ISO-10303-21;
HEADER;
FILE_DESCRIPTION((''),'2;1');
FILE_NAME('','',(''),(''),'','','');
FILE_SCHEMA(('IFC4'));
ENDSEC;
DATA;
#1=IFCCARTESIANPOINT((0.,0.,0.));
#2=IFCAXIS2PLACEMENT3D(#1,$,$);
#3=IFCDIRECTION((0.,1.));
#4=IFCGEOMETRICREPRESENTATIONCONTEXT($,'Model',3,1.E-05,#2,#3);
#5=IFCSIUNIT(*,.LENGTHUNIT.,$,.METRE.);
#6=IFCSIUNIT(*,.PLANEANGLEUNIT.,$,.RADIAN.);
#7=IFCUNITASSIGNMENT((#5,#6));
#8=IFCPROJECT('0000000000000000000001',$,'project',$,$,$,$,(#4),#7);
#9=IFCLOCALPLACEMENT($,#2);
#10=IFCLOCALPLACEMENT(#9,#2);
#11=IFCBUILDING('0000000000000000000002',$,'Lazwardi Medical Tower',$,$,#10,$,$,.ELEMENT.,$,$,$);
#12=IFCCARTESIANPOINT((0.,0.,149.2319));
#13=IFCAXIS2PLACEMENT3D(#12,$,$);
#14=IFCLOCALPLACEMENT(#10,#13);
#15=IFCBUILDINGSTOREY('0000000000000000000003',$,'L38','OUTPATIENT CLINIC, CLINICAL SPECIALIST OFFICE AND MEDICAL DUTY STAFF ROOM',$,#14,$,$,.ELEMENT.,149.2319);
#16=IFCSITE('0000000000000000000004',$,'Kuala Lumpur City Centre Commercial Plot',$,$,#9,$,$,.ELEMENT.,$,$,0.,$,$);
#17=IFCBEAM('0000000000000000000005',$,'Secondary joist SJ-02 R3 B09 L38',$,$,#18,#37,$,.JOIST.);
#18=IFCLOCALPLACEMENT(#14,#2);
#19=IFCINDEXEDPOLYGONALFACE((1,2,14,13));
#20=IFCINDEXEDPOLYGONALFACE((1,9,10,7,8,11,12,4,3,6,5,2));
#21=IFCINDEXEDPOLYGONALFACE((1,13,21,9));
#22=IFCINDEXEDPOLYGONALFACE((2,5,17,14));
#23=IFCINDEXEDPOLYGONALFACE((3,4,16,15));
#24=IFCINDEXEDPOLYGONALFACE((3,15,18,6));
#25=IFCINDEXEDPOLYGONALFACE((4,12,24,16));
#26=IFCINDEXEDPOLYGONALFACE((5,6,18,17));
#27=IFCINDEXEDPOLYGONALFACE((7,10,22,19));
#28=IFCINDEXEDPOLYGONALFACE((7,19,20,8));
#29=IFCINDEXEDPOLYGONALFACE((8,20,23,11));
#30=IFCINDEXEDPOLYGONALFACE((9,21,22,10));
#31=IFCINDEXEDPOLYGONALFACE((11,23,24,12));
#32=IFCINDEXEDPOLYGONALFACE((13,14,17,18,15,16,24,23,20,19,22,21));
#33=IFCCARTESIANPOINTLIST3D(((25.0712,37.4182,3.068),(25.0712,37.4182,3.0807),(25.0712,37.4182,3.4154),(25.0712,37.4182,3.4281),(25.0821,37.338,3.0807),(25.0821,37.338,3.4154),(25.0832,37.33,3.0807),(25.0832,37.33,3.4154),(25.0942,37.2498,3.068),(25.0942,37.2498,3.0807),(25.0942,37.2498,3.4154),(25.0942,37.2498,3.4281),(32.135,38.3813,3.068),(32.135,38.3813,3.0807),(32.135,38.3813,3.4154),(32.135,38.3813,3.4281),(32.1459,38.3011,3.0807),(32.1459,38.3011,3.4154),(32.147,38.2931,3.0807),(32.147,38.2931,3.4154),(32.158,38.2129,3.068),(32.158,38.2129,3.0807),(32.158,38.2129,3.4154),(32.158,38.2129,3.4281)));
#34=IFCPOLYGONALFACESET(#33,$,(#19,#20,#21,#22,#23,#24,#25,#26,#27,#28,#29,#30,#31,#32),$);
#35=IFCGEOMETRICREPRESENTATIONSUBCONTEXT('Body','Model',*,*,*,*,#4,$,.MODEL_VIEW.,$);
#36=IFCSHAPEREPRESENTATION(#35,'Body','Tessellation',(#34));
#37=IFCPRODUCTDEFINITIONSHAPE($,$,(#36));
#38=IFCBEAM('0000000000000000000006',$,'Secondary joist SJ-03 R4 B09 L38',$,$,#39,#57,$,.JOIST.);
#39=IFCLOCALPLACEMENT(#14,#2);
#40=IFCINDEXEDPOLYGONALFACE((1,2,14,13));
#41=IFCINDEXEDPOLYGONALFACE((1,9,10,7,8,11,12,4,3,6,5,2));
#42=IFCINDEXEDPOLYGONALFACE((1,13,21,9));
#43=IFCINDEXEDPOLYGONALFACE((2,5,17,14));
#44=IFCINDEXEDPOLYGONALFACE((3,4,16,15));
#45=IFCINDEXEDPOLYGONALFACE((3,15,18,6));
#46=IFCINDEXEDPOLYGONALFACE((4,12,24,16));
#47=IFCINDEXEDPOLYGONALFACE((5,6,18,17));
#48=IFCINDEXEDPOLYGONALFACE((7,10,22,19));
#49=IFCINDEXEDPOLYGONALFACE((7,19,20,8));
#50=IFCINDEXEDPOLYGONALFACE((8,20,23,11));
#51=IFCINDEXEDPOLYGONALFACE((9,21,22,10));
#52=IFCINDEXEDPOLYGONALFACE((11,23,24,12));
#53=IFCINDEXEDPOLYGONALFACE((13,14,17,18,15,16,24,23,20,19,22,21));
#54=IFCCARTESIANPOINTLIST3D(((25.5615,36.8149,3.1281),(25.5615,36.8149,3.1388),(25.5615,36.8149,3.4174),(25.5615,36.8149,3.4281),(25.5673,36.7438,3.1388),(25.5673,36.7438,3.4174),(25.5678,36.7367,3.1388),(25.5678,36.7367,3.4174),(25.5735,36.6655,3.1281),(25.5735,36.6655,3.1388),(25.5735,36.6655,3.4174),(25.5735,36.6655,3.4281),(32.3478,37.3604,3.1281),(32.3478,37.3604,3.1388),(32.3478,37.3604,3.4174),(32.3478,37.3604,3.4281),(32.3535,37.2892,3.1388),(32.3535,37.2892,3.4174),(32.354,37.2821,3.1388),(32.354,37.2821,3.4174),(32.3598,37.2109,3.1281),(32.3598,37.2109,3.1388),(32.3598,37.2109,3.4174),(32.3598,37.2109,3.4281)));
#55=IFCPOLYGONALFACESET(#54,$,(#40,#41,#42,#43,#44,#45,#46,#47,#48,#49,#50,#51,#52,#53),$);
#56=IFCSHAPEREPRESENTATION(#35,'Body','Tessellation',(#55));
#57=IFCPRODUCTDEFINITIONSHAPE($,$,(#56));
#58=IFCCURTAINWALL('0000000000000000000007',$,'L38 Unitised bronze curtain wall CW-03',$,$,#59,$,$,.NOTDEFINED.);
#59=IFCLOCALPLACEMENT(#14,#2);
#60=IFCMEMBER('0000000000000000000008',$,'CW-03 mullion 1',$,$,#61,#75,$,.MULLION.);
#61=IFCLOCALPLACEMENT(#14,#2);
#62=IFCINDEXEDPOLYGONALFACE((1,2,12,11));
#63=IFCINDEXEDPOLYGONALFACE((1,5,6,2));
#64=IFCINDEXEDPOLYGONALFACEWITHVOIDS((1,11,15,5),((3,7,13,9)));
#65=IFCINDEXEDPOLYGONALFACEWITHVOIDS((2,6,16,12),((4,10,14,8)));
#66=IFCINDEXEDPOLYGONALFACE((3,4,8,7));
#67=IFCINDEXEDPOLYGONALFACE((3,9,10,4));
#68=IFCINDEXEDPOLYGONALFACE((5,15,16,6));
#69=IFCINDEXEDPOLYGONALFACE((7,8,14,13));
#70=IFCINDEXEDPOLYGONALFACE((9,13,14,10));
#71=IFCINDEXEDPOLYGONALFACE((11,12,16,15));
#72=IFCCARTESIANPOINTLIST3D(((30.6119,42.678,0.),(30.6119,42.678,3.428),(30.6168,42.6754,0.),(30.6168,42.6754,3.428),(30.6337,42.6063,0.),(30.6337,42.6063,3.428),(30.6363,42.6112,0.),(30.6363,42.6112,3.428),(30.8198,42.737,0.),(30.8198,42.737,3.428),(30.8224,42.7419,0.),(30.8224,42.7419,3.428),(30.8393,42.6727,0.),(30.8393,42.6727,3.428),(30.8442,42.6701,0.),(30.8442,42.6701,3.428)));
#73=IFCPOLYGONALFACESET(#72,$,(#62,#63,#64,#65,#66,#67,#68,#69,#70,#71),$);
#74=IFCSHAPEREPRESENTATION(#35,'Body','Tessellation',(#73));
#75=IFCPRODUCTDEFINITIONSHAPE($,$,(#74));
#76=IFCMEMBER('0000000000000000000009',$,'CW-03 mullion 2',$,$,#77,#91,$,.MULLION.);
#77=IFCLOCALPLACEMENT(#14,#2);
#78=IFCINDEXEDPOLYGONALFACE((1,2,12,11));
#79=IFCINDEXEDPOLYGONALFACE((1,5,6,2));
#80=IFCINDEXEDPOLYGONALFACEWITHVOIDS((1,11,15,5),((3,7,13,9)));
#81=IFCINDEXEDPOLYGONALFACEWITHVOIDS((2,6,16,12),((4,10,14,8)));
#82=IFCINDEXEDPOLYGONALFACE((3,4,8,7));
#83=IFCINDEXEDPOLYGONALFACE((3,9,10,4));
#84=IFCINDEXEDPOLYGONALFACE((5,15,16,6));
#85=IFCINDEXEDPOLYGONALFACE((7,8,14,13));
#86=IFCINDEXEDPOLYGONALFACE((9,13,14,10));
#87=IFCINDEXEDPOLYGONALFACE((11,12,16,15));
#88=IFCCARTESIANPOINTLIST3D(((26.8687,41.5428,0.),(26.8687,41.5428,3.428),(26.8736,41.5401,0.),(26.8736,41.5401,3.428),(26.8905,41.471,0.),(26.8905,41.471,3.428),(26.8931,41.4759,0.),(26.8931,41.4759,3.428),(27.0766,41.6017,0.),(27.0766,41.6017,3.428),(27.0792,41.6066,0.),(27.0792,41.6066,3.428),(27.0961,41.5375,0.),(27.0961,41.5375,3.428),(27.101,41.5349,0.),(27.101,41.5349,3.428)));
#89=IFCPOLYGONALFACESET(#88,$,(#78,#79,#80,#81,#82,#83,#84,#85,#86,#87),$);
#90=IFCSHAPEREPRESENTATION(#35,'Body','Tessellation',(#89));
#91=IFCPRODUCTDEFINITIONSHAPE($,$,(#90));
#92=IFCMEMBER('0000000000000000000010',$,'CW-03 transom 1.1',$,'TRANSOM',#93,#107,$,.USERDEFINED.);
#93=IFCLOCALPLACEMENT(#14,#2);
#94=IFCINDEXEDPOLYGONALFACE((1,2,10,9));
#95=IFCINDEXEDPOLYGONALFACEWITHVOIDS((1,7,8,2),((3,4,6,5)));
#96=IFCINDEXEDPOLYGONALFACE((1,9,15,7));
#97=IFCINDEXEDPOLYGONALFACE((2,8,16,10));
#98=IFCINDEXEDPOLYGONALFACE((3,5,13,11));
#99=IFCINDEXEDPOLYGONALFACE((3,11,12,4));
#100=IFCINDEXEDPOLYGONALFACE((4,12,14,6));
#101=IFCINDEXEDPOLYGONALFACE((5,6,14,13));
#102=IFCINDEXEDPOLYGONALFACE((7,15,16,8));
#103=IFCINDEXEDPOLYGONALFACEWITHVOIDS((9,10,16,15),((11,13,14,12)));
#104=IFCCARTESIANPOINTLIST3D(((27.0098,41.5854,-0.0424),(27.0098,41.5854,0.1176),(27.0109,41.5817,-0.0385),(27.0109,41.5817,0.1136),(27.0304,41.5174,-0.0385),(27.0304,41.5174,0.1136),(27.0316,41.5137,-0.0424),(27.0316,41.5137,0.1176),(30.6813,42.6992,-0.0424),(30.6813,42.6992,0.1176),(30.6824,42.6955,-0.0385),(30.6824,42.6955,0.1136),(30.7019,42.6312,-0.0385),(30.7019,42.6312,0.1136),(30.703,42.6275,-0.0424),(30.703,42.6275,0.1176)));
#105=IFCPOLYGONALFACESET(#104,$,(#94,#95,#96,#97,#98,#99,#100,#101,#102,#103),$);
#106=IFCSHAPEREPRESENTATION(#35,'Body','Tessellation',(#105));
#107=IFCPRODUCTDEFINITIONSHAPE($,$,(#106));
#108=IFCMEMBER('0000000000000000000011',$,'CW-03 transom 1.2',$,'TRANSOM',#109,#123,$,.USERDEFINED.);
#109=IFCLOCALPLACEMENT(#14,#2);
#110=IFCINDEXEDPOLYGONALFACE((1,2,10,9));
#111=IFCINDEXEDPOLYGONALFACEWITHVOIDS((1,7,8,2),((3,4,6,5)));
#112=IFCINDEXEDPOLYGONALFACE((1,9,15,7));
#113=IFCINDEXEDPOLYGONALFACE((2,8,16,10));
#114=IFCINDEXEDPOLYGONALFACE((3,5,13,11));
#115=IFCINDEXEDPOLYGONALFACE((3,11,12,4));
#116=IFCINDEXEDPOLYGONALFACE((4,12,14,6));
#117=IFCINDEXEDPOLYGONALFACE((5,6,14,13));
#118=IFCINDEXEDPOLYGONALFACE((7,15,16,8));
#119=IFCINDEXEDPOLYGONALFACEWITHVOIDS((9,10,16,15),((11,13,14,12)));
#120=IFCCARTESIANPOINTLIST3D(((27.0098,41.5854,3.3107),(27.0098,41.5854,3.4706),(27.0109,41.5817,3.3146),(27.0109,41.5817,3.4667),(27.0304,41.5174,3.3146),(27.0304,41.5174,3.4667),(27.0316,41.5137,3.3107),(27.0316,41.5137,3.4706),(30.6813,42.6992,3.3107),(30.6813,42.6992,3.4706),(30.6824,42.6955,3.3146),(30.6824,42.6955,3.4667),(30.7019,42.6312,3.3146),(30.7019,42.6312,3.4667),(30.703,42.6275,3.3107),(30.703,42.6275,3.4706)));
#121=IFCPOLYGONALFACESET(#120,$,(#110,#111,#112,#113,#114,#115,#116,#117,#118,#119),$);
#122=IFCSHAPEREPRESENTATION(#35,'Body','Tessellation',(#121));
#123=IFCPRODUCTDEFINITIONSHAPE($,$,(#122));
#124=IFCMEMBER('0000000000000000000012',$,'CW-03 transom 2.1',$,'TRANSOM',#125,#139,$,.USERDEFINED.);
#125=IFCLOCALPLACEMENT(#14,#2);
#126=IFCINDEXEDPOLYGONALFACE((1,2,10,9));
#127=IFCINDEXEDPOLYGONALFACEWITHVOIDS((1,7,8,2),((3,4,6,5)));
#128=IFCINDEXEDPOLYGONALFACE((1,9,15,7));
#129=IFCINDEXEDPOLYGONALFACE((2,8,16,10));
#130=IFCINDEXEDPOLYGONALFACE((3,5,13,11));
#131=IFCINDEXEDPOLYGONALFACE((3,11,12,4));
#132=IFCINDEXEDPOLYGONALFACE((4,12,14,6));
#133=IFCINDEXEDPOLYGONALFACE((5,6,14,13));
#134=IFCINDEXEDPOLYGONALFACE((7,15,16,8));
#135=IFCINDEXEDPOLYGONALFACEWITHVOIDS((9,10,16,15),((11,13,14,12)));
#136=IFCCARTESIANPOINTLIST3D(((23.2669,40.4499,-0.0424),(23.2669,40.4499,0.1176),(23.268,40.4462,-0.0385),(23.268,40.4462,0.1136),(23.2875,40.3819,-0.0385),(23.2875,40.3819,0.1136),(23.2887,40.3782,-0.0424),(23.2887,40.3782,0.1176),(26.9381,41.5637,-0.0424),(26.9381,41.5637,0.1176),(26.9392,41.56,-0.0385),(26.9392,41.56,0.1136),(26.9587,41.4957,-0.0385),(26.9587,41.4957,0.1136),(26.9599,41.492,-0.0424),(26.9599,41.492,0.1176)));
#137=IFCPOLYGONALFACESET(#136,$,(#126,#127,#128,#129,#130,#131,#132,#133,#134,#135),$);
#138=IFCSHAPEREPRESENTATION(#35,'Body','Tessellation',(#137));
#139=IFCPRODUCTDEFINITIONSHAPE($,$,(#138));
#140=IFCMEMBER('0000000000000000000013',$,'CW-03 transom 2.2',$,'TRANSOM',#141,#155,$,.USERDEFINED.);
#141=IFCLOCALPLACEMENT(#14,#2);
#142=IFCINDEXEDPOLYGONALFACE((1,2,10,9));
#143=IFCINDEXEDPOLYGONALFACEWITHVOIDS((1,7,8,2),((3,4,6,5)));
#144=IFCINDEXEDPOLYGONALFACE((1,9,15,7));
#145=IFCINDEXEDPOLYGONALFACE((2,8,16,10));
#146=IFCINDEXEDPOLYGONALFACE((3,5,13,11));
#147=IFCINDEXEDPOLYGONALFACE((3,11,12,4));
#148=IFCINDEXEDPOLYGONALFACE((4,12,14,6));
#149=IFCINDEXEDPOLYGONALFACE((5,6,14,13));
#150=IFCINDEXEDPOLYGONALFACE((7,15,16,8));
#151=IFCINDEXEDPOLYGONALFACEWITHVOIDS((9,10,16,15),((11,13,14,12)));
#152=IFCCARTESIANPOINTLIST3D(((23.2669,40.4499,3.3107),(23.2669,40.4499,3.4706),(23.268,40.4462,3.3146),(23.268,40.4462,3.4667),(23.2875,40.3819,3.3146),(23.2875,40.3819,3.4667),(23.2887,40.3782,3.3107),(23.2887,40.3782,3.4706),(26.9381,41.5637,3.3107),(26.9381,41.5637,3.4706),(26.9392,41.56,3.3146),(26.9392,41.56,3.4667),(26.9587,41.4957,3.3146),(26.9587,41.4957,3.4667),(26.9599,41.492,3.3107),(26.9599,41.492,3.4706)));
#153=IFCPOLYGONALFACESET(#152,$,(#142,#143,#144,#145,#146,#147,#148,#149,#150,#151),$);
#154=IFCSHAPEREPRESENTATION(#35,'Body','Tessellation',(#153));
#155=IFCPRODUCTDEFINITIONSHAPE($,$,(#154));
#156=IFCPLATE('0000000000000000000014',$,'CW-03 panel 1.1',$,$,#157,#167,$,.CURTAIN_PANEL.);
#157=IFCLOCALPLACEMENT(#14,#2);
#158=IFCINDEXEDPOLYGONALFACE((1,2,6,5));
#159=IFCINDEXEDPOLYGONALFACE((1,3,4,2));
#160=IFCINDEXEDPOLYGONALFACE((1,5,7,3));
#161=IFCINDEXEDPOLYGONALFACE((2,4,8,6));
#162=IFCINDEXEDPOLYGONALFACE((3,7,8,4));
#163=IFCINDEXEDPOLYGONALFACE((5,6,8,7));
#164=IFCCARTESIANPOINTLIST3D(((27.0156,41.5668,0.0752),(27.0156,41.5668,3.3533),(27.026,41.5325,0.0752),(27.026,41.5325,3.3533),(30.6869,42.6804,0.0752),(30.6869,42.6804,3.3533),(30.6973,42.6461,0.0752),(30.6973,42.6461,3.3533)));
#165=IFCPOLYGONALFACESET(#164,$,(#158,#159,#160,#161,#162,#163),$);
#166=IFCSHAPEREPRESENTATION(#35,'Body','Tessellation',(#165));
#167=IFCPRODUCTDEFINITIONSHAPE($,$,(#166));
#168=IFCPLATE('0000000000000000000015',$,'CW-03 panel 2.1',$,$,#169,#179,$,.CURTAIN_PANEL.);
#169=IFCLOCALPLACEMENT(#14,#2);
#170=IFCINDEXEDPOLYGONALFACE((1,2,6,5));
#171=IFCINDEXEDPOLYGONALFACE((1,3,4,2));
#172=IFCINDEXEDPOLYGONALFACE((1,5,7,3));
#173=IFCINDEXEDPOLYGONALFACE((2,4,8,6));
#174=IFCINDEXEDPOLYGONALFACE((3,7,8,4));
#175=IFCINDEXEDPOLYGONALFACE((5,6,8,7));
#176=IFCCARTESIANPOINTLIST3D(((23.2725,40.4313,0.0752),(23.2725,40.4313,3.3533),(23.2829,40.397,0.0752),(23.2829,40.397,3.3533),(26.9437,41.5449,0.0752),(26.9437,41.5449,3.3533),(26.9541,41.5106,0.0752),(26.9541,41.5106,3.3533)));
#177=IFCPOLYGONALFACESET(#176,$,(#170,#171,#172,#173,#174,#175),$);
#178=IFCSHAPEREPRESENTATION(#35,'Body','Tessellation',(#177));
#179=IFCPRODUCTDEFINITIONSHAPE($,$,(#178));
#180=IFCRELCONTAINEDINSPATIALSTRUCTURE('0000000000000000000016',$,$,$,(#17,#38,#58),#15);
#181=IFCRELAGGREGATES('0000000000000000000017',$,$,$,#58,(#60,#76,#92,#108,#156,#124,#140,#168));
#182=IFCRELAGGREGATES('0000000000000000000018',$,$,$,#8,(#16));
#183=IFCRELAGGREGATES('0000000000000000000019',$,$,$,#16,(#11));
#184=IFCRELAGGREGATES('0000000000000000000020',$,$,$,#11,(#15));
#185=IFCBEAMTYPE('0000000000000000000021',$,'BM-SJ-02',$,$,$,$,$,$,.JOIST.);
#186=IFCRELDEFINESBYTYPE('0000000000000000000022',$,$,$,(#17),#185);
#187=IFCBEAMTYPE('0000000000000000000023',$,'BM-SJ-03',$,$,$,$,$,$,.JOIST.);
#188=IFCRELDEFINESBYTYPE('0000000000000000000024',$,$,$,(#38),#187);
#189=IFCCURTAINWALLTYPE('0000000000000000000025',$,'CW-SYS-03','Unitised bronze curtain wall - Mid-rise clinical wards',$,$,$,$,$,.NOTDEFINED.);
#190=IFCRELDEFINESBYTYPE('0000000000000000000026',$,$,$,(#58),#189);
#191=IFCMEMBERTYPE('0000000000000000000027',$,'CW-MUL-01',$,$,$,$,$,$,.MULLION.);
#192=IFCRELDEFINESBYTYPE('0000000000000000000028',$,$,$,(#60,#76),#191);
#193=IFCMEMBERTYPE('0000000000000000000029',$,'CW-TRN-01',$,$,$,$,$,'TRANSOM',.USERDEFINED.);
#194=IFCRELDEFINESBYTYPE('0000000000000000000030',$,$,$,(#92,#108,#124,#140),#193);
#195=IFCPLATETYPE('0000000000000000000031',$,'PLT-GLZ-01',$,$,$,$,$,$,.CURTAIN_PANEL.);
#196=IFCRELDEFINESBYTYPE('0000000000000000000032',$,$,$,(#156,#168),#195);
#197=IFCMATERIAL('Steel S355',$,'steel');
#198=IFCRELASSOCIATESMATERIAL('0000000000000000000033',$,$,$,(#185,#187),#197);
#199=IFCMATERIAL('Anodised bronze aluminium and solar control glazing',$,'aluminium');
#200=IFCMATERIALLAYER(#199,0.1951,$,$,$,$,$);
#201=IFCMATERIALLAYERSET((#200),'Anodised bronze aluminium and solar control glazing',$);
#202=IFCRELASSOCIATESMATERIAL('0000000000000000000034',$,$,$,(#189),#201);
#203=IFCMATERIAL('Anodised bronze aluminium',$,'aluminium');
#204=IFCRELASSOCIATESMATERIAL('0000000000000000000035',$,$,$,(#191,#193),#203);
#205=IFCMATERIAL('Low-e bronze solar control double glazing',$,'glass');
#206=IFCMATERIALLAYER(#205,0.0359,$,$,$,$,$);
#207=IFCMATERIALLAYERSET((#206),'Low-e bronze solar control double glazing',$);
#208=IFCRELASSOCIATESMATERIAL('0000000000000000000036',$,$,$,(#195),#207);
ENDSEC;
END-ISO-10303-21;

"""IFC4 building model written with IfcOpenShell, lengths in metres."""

from ifc_helpers import new_model, si_unit, direction, frame, origin, origin_2d, place, context, subcontext, project, spatial, rectangle, hollow_rectangle, i_section, extrude, material, layer, layer_set, material_profile, profile_set, type_object, element, aggregate, save


model = new_model("IFC4")

# Units and contexts
model_context = context("Model", 3, precision=1e-05, world=origin(), true_north=direction((0.0, 1.0)))
body_context = subcontext(model_context, "Body", "Model", "MODEL_VIEW")
ifc_project = project(units=[si_unit("LENGTHUNIT", "METRE"), si_unit("PLANEANGLEUNIT", "RADIAN")], contexts=[model_context])

# Site, building, storey
site_placement = place(None, origin())
site = spatial("IfcSite", under=ifc_project, at=site_placement, Name="Kuala Lumpur City Centre Commercial Plot", CompositionType="ELEMENT", RefElevation=0.0)
building_placement = place(site_placement, origin())
building = spatial("IfcBuilding", under=site, at=building_placement, Name="Lazwardi Medical Tower", CompositionType="ELEMENT")
storey_placement = place(building_placement, frame((0.0, 0.0, 149.2319)))
storey = spatial("IfcBuildingStorey", under=building, at=storey_placement, Name="L38", Description="OUTPATIENT CLINIC, CLINICAL SPECIALIST OFFICE AND MEDICAL DUTY STAFF ROOM", CompositionType="ELEMENT", Elevation=149.2319)

# Beams
ifc_material_1 = material(Name="Steel S355", Category="steel")
ifc_material_profile_1 = material_profile(ifc_material_1, i_section(OverallWidth=0.1699, OverallDepth=0.3601, WebThickness=0.0081, FlangeThickness=0.0127, at=origin_2d()), Name="IPE 360")
ifc_profile_set_1 = profile_set([ifc_material_profile_1], Name="Steel S355")
beam_type_1 = type_object("IfcBeamType", Name="BM-SJ-02", PredefinedType="JOIST", material=ifc_profile_set_1)
beam_1_placement = place(storey_placement, frame((32.1465, 38.2971, 3.248), z_axis=(-0.990832, -0.135099, 0.0), x_axis=(0.135099, -0.990832, 0.0)))
element("IfcBeam", 1, at=beam_1_placement, inside=storey, type_object=beam_type_1, Name="Secondary joist SJ-02 R3 B09 L38", PredefinedType="JOIST", context=body_context, shape_type="SweptSolid", body=[
    extrude(i_section(OverallWidth=0.1699, OverallDepth=0.3601, WebThickness=0.0081, FlangeThickness=0.0127, at=origin_2d()), origin(), (0.0, 0.0, 1.0), 7.1292),
])
ifc_material_profile_2 = material_profile(ifc_material_1, i_section(OverallWidth=0.1499, OverallDepth=0.3, WebThickness=0.0071, FlangeThickness=0.0107, at=origin_2d()), Name="IPE 300")
ifc_profile_set_2 = profile_set([ifc_material_profile_2], Name="Steel S355")
beam_type_2 = type_object("IfcBeamType", Name="BM-SJ-03", PredefinedType="JOIST", material=ifc_profile_set_2)
beam_2_placement = place(storey_placement, frame((32.3538, 37.2856, 3.2781), z_axis=(-0.996786, -0.080113, 0.0), x_axis=(0.080113, -0.996786, 0.0)))
element("IfcBeam", 2, at=beam_2_placement, inside=storey, type_object=beam_type_2, Name="Secondary joist SJ-03 R4 B09 L38", PredefinedType="JOIST", context=body_context, shape_type="SweptSolid", body=[
    extrude(i_section(OverallWidth=0.1499, OverallDepth=0.3, WebThickness=0.0071, FlangeThickness=0.0107, at=origin_2d()), origin(), (0.0, 0.0, 1.0), 6.8081),
])

# Curtain wall, members, plates
ifc_material_2 = material(Name="Anodised bronze aluminium and solar control glazing", Category="aluminium")
ifc_layer_1 = layer(ifc_material_2, 0.1951)
ifc_layer_set_1 = layer_set([ifc_layer_1], Name="Anodised bronze aluminium and solar control glazing")
curtain_wall_type = type_object("IfcCurtainWallType", Name="CW-SYS-03", Description="Unitised bronze curtain wall - Mid-rise clinical wards", PredefinedType="NOTDEFINED", material=ifc_layer_set_1)
curtain_wall_placement = place(storey_placement, origin())
curtain_wall = element("IfcCurtainWall", 3, at=curtain_wall_placement, inside=storey, type_object=curtain_wall_type, Name="L38 Unitised bronze curtain wall CW-03", PredefinedType="NOTDEFINED")
ifc_material_3 = material(Name="Anodised bronze aluminium", Category="aluminium")
ifc_material_profile_3 = material_profile(ifc_material_3, hollow_rectangle(XDim=0.075, YDim=0.22, WallThickness=0.0039, at=origin_2d()), Name="ALU-MULLION 220x75x4")
ifc_profile_set_3 = profile_set([ifc_material_profile_3], Name="Anodised bronze aluminium")
member_type_1 = type_object("IfcMemberType", Name="CW-MUL-01", PredefinedType="MULLION", material=ifc_profile_set_3)
member_1_placement = place(storey_placement, frame((30.728, 42.6741, 0.0), z_axis=(0.0, 0.0, 1.0), x_axis=(0.290281, -0.956942, 0.0)))
member_1 = element("IfcMember", 4, at=member_1_placement, type_object=member_type_1, Name="CW-03 mullion 1", PredefinedType="MULLION", context=body_context, shape_type="SweptSolid", body=[
    extrude(hollow_rectangle(XDim=0.075, YDim=0.22, WallThickness=0.0039, at=origin_2d()), origin(), (0.0, 0.0, 1.0), 3.428),
])
member_2_placement = place(storey_placement, frame((26.9849, 41.5388, 0.0), z_axis=(0.0, 0.0, 1.0), x_axis=(0.290281, -0.956942, 0.0)))
member_2 = element("IfcMember", 5, at=member_2_placement, type_object=member_type_1, Name="CW-03 mullion 2", PredefinedType="MULLION", context=body_context, shape_type="SweptSolid", body=[
    extrude(hollow_rectangle(XDim=0.075, YDim=0.22, WallThickness=0.0039, at=origin_2d()), origin(), (0.0, 0.0, 1.0), 3.428),
])
ifc_material_profile_4 = material_profile(ifc_material_3, hollow_rectangle(XDim=0.075, YDim=0.1599, WallThickness=0.0039, at=origin_2d()), Name="ALU-TRANSOM 160x75x4")
ifc_profile_set_4 = profile_set([ifc_material_profile_4], Name="Anodised bronze aluminium")
member_type_2 = type_object("IfcMemberType", Name="CW-TRN-01", ElementType="TRANSOM", PredefinedType="USERDEFINED", material=ifc_profile_set_4)
member_3_placement = place(storey_placement, frame((30.6921, 42.6633, 0.0376), z_axis=(-0.956936, -0.290301, 0.0), x_axis=(0.290301, -0.956936, 0.0)))
member_3 = element("IfcMember", 6, at=member_3_placement, type_object=member_type_2, Name="CW-03 transom 1.1", ObjectType="TRANSOM", PredefinedType="USERDEFINED", context=body_context, shape_type="SweptSolid", body=[
    extrude(hollow_rectangle(XDim=0.075, YDim=0.1599, WallThickness=0.0039, at=origin_2d()), origin(), (0.0, 0.0, 1.0), 3.8367),
])
member_4_placement = place(storey_placement, frame((30.6921, 42.6633, 3.3906), z_axis=(-0.956936, -0.290301, 0.0), x_axis=(0.290301, -0.956936, 0.0)))
member_4 = element("IfcMember", 7, at=member_4_placement, type_object=member_type_2, Name="CW-03 transom 1.2", ObjectType="TRANSOM", PredefinedType="USERDEFINED", context=body_context, shape_type="SweptSolid", body=[
    extrude(hollow_rectangle(XDim=0.075, YDim=0.1599, WallThickness=0.0039, at=origin_2d()), origin(), (0.0, 0.0, 1.0), 3.8367),
])
member_5_placement = place(storey_placement, frame((26.949, 41.5278, 0.0376), z_axis=(-0.95693, -0.290318, 0.0), x_axis=(0.290318, -0.95693, 0.0)))
member_5 = element("IfcMember", 8, at=member_5_placement, type_object=member_type_2, Name="CW-03 transom 2.1", ObjectType="TRANSOM", PredefinedType="USERDEFINED", context=body_context, shape_type="SweptSolid", body=[
    extrude(hollow_rectangle(XDim=0.075, YDim=0.1599, WallThickness=0.0039, at=origin_2d()), origin(), (0.0, 0.0, 1.0), 3.8364),
])
member_6_placement = place(storey_placement, frame((26.949, 41.5278, 3.3906), z_axis=(-0.95693, -0.290318, 0.0), x_axis=(0.290318, -0.95693, 0.0)))
member_6 = element("IfcMember", 9, at=member_6_placement, type_object=member_type_2, Name="CW-03 transom 2.2", ObjectType="TRANSOM", PredefinedType="USERDEFINED", context=body_context, shape_type="SweptSolid", body=[
    extrude(hollow_rectangle(XDim=0.075, YDim=0.1599, WallThickness=0.0039, at=origin_2d()), origin(), (0.0, 0.0, 1.0), 3.8364),
])
ifc_material_4 = material(Name="Low-e bronze solar control double glazing", Category="glass")
ifc_layer_2 = layer(ifc_material_4, 0.0359)
ifc_layer_set_2 = layer_set([ifc_layer_2], Name="Low-e bronze solar control double glazing")
plate_type = type_object("IfcPlateType", Name="PLT-GLZ-01", PredefinedType="CURTAIN_PANEL", material=ifc_layer_set_2)
plate_1_placement = place(storey_placement, frame((28.8564, 42.1064, 0.0752), z_axis=(0.0, 0.0, 1.0), x_axis=(-0.956942, -0.290281, 0.0)))
plate_1 = element("IfcPlate", 10, at=plate_1_placement, type_object=plate_type, Name="CW-03 panel 1.1", PredefinedType="CURTAIN_PANEL", context=body_context, shape_type="SweptSolid", body=[
    extrude(rectangle(XDim=3.8364, YDim=0.0359, at=origin_2d()), origin(), (0.0, 0.0, 1.0), 3.2781),
])
plate_2_placement = place(storey_placement, frame((25.1133, 40.9709, 0.0752), z_axis=(0.0, 0.0, 1.0), x_axis=(-0.956942, -0.290281, 0.0)))
plate_2 = element("IfcPlate", 11, at=plate_2_placement, type_object=plate_type, Name="CW-03 panel 2.1", PredefinedType="CURTAIN_PANEL", context=body_context, shape_type="SweptSolid", body=[
    extrude(rectangle(XDim=3.8364, YDim=0.0359, at=origin_2d()), origin(), (0.0, 0.0, 1.0), 3.2781),
])
aggregate(curtain_wall, [member_1, member_2, member_3, member_4, plate_1, member_5, member_6, plate_2])

save(model, "model.ifc")
